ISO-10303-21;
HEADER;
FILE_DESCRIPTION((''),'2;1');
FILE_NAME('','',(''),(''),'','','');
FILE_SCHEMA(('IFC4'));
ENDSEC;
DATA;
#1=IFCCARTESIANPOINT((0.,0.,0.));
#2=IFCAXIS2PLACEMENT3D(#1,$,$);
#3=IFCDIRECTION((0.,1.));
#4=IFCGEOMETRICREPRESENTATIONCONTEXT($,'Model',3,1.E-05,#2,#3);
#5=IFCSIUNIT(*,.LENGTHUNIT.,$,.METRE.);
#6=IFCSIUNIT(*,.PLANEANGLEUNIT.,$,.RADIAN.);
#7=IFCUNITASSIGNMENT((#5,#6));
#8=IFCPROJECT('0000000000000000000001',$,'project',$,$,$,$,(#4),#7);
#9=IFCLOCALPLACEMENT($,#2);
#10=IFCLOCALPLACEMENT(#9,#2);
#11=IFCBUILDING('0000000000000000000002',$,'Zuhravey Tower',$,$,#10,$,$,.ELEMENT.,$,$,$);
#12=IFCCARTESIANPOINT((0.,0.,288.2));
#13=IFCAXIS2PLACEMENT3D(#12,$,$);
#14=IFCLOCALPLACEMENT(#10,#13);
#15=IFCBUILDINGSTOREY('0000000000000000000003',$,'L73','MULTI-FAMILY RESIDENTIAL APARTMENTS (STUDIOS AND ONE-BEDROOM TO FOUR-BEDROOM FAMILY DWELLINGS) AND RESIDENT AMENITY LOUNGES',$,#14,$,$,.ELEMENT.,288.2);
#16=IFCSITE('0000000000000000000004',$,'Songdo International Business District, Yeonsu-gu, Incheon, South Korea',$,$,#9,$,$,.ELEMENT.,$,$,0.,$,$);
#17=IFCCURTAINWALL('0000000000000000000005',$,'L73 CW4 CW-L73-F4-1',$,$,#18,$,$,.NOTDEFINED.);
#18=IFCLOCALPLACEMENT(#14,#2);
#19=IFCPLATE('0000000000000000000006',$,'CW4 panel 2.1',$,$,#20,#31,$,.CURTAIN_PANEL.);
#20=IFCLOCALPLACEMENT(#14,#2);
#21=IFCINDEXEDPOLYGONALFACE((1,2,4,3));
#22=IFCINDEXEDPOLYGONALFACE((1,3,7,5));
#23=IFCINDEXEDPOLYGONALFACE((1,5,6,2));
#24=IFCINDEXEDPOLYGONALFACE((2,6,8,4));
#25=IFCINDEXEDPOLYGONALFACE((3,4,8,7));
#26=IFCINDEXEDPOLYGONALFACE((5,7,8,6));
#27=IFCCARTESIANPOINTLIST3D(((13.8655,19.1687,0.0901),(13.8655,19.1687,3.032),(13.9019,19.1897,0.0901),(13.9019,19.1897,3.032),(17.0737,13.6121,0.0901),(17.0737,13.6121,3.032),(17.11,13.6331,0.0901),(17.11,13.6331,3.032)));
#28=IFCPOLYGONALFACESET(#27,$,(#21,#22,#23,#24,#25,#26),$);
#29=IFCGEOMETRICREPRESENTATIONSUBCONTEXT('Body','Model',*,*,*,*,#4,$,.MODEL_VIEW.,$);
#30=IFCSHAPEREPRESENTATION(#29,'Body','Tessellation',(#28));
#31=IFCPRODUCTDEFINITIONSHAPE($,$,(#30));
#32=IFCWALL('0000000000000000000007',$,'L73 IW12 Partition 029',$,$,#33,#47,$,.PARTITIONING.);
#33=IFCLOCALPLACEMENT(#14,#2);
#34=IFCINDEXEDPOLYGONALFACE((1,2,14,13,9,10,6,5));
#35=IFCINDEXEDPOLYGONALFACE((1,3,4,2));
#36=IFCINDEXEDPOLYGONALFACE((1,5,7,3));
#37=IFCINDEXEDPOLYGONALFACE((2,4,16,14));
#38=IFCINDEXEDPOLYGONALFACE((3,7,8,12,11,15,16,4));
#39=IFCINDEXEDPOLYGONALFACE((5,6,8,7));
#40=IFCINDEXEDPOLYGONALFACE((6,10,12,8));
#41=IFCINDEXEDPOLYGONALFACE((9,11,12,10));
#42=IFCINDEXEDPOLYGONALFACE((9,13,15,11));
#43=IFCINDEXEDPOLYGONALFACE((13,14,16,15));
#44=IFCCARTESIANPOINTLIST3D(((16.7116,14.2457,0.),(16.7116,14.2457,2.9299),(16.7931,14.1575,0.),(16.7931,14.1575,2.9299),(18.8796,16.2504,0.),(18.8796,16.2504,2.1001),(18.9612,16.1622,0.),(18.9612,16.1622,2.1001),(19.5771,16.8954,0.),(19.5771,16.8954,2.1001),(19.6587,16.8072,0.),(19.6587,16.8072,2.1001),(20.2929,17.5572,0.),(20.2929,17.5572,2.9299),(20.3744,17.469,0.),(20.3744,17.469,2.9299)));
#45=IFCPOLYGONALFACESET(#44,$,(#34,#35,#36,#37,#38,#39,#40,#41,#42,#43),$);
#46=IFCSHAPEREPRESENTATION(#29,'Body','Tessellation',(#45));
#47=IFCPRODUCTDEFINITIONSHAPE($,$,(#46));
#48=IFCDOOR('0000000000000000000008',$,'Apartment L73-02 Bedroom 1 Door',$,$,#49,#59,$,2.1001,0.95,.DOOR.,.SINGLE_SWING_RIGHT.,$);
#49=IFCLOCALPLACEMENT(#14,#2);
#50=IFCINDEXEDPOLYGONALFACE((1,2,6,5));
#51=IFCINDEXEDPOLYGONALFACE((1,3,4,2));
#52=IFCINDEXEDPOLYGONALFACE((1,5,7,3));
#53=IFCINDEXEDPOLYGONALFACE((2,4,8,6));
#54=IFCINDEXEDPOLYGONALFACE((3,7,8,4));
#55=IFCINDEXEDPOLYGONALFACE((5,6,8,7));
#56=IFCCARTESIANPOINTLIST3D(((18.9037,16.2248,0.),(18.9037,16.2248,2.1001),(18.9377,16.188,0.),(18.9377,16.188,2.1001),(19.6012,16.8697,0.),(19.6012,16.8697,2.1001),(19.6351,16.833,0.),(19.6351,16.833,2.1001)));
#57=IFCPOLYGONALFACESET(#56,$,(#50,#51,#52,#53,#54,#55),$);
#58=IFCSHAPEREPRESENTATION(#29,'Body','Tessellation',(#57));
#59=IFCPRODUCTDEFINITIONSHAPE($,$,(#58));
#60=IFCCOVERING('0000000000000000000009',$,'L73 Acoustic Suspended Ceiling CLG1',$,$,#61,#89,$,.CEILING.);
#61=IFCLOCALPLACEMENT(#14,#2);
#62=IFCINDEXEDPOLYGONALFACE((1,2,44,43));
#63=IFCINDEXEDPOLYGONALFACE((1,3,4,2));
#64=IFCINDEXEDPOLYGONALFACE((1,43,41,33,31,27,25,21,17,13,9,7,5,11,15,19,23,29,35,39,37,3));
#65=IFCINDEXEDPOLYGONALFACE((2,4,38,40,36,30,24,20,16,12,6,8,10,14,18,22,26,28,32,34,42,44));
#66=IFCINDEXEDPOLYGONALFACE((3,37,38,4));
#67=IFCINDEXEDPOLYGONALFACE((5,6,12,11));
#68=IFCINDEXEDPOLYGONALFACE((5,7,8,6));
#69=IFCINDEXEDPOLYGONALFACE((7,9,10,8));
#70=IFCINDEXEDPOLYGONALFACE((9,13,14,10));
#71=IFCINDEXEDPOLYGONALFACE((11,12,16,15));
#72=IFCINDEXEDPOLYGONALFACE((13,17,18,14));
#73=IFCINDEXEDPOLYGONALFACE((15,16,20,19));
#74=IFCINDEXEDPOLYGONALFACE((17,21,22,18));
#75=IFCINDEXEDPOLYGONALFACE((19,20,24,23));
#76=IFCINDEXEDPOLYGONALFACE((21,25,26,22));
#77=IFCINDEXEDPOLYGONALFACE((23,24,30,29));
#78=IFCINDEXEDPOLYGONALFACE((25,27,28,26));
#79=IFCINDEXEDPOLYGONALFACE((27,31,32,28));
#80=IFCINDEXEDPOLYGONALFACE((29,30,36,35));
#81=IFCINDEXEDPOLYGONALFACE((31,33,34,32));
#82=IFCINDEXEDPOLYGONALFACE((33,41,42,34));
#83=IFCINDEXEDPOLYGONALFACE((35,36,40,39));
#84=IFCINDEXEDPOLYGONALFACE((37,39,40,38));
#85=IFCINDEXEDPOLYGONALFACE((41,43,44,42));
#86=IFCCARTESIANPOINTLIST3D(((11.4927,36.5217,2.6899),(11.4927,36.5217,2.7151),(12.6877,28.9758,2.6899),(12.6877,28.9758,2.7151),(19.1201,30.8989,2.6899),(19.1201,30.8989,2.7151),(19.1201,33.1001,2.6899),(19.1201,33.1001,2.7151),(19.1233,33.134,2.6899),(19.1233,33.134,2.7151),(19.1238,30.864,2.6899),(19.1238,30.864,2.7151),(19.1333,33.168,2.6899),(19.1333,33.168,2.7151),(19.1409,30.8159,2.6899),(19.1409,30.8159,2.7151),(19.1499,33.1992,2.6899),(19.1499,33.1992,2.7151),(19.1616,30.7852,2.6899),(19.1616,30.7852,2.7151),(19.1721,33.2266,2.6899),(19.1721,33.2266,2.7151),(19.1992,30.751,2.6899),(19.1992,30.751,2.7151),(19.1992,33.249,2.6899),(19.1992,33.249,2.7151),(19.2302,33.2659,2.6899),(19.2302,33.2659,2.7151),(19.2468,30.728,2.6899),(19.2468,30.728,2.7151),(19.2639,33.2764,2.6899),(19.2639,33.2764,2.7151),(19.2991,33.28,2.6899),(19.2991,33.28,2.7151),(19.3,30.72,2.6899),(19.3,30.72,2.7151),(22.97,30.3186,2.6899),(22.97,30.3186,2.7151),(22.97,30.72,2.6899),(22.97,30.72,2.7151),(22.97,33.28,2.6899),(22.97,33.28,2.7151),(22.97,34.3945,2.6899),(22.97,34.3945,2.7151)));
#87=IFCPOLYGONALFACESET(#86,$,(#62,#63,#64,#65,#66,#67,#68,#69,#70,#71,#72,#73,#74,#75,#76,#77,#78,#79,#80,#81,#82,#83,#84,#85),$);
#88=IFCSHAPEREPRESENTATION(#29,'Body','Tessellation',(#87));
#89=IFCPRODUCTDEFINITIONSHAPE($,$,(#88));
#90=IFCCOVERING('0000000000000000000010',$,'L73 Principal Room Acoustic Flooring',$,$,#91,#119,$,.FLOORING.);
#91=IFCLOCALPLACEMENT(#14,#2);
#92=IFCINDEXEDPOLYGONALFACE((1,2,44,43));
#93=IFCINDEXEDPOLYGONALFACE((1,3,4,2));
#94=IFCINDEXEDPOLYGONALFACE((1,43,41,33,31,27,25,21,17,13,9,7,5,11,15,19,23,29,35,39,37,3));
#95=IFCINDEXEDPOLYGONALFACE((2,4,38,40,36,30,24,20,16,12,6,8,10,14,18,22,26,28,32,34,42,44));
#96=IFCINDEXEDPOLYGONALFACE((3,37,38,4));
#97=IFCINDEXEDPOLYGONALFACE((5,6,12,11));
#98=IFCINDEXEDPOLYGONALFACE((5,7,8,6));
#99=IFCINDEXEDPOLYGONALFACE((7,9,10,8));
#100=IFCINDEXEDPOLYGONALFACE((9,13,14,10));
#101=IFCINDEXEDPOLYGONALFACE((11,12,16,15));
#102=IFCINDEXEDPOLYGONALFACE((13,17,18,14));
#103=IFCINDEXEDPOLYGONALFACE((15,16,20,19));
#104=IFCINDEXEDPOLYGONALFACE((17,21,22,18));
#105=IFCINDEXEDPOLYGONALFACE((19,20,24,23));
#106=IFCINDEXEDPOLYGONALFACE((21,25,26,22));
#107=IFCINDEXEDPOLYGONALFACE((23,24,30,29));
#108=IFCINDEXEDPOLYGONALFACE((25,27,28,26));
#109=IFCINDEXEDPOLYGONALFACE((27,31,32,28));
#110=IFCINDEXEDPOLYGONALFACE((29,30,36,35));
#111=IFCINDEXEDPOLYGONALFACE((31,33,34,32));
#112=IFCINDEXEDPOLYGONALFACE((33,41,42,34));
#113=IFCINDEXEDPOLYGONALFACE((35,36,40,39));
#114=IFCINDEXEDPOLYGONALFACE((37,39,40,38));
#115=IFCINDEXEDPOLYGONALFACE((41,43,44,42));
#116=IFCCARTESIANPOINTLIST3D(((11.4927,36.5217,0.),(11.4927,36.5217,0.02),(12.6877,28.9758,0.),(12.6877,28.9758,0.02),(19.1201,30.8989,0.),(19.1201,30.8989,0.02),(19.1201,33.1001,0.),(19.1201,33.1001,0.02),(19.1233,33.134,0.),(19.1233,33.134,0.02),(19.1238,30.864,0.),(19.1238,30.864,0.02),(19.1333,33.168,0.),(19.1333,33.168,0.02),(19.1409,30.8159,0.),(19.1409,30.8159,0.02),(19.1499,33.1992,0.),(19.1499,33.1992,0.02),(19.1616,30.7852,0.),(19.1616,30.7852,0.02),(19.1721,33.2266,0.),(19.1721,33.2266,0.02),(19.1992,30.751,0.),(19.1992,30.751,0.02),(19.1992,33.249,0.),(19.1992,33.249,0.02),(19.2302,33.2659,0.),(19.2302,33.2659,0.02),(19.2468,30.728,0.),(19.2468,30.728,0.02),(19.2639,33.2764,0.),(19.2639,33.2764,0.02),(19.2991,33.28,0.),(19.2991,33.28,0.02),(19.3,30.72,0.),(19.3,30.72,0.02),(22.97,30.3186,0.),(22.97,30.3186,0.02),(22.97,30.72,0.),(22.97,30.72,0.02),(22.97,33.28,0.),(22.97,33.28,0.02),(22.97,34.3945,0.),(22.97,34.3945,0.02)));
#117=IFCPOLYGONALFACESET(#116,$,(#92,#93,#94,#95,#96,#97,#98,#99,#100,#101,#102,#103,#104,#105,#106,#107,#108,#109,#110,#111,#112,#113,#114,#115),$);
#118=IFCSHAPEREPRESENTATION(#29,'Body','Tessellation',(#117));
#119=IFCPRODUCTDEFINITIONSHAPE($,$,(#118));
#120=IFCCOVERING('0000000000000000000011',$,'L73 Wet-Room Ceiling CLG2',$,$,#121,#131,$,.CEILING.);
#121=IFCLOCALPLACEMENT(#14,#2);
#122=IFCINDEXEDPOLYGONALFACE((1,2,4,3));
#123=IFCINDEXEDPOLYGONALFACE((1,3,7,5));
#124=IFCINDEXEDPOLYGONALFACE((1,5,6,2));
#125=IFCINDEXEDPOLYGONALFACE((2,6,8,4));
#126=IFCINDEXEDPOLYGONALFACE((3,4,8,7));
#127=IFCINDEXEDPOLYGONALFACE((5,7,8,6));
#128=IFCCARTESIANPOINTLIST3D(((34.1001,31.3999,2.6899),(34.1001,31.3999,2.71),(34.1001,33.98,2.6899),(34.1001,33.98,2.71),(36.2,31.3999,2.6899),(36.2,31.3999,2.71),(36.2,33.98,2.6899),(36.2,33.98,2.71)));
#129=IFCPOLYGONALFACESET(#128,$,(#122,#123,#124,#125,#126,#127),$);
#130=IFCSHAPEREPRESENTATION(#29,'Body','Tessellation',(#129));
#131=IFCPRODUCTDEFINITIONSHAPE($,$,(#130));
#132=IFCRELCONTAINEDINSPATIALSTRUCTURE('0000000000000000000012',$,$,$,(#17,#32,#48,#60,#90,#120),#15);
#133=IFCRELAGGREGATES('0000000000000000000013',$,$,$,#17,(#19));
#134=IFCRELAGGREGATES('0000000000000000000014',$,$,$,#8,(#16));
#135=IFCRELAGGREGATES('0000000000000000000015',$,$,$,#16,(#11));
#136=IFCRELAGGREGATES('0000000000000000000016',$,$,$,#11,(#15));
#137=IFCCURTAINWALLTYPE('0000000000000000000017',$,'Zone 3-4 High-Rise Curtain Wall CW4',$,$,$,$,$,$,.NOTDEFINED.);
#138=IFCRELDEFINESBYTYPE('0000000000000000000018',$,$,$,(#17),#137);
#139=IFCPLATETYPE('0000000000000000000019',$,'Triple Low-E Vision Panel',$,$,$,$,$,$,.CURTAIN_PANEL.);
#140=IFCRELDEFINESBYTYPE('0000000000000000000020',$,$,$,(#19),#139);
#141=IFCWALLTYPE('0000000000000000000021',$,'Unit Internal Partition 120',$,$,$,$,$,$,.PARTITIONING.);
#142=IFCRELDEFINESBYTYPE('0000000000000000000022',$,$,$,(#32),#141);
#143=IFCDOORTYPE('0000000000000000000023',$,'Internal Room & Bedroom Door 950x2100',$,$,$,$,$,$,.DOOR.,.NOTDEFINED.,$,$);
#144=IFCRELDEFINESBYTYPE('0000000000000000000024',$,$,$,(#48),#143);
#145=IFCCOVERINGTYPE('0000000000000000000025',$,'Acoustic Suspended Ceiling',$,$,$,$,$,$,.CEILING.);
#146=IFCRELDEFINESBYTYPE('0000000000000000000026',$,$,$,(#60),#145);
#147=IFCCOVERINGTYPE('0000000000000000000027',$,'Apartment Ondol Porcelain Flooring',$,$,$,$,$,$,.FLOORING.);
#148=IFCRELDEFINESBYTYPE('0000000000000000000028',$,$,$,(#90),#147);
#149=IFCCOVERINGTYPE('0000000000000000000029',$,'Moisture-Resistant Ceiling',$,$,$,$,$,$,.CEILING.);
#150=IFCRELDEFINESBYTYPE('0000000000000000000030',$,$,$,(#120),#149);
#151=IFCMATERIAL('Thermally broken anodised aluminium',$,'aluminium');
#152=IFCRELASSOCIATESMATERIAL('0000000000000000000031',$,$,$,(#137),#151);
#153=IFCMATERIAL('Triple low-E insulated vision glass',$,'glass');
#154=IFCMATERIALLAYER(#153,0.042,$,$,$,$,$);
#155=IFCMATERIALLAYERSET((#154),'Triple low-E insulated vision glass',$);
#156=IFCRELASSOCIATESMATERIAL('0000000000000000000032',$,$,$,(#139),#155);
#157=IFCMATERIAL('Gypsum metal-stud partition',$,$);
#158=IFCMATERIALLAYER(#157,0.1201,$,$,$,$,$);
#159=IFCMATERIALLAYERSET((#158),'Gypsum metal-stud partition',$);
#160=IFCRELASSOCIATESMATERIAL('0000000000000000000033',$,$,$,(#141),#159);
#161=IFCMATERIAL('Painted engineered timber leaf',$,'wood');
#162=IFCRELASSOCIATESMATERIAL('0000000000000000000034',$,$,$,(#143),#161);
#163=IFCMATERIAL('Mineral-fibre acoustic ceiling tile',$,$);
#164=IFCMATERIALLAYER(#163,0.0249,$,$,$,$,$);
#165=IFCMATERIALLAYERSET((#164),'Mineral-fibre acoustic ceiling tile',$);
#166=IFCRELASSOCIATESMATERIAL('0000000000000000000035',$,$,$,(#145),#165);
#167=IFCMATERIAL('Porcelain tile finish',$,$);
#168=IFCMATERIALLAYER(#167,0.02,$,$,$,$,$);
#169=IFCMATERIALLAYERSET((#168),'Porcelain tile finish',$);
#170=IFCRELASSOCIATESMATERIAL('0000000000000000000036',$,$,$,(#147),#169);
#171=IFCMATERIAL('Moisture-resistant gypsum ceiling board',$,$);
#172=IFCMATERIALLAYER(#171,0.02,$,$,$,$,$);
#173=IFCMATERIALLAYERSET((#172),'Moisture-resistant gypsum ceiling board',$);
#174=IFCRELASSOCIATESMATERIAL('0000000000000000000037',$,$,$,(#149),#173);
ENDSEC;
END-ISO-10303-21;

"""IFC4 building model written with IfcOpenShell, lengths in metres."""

from ifc_helpers import new_model, si_unit, direction, frame, frame_2d, origin, origin_2d, place, context, subcontext, project, spatial, polyline, rectangle, outline, extrude, material, layer, layer_set, type_object, element, fill, aggregate, save


model = new_model("IFC4")

# Units and contexts
model_context = context("Model", 3, precision=1e-05, world=origin(), true_north=direction((0.0, 1.0)))
body_context = subcontext(model_context, "Body", "Model", "MODEL_VIEW")
ifc_project = project(units=[si_unit("LENGTHUNIT", "METRE"), si_unit("PLANEANGLEUNIT", "RADIAN")], contexts=[model_context])

# Site, building, storey
site_placement = place(None, origin())
site = spatial("IfcSite", under=ifc_project, at=site_placement, Name="Songdo International Business District, Yeonsu-gu, Incheon, South Korea", CompositionType="ELEMENT", RefElevation=0.0)
building_placement = place(site_placement, origin())
building = spatial("IfcBuilding", under=site, at=building_placement, Name="Zuhravey Tower", CompositionType="ELEMENT")
storey_placement = place(building_placement, frame((0.0, 0.0, 288.2)))
storey = spatial("IfcBuildingStorey", under=building, at=storey_placement, Name="L73", Description="MULTI-FAMILY RESIDENTIAL APARTMENTS (STUDIOS AND ONE-BEDROOM TO FOUR-BEDROOM FAMILY DWELLINGS) AND RESIDENT AMENITY LOUNGES", CompositionType="ELEMENT", Elevation=288.2)

# Curtain wall
ifc_material_1 = material(Name="Thermally broken anodised aluminium", Category="aluminium")
curtain_wall_type = type_object("IfcCurtainWallType", Name="Zone 3-4 High-Rise Curtain Wall CW4", PredefinedType="NOTDEFINED", material=ifc_material_1)
curtain_wall_placement = place(storey_placement, origin())
curtain_wall = element("IfcCurtainWall", 1, at=curtain_wall_placement, inside=storey, type_object=curtain_wall_type, Name="L73 CW4 CW-L73-F4-1", PredefinedType="NOTDEFINED")

# Plate
ifc_material_2 = material(Name="Triple low-E insulated vision glass", Category="glass")
ifc_layer_1 = layer(ifc_material_2, 0.042)
ifc_layer_set_1 = layer_set([ifc_layer_1], Name="Triple low-E insulated vision glass")
plate_type = type_object("IfcPlateType", Name="Triple Low-E Vision Panel", PredefinedType="CURTAIN_PANEL", material=ifc_layer_set_1)
plate_1_placement = place(storey_placement, frame((15.4878, 16.4009, 0.0901), z_axis=(0.0, 0.0, 1.0), x_axis=(-0.500001, 0.866025, 0.0)))
plate_1 = element("IfcPlate", 2, at=plate_1_placement, type_object=plate_type, Name="CW4 panel 2.1", PredefinedType="CURTAIN_PANEL", context=body_context, shape_type="SweptSolid", body=[
    extrude(rectangle(XDim=6.4163, YDim=0.042, at=origin_2d()), origin(), (0.0, 0.0, 1.0), 2.9419),
])
aggregate(curtain_wall, [plate_1])

# Wall, opening, door
ifc_material_3 = material(Name="Gypsum metal-stud partition")
ifc_layer_2 = layer(ifc_material_3, 0.1201)
ifc_layer_set_2 = layer_set([ifc_layer_2], Name="Gypsum metal-stud partition")
wall_type = type_object("IfcWallType", Name="Unit Internal Partition 120", PredefinedType="PARTITIONING", material=ifc_layer_set_2)
wall_placement = place(storey_placement, frame((20.3337, 17.5132, 0.0), z_axis=(0.0, 0.0, 1.0), x_axis=(-0.73422, -0.678912, 0.0)))
wall = element("IfcWall", 3, at=wall_placement, inside=storey, type_object=wall_type, Name="L73 IW12 Partition 029", PredefinedType="PARTITIONING", context=body_context, shape_type="SweptSolid", body=[
    extrude(rectangle(XDim=4.8777, YDim=0.1201, at=frame_2d((2.439, 0.0))), origin(), (0.0, 0.0, 1.0), 2.9299),
])
opening_placement = place(wall_placement, frame((0.9749, 0.0, 0.0)))
opening = element("IfcOpeningElement", 4, at=opening_placement, cuts=wall, PredefinedType="OPENING", context=body_context, shape_type="SweptSolid", body=[
    extrude(rectangle(XDim=0.95, YDim=2.1001, at=frame_2d((0.4751, 1.05))), frame((0.0, 0.072, 0.0), z_axis=(0.0, -1.0, 0.0), x_axis=(1.0, 0.0, 0.0)), (0.0, 0.0, 1.0), 0.144),
])
ifc_material_4 = material(Name="Painted engineered timber leaf", Category="wood")
door_type = type_object("IfcDoorType", Name="Internal Room & Bedroom Door 950x2100", OperationType="NOTDEFINED", PredefinedType="DOOR", material=ifc_material_4)
door_placement = place(opening_placement, frame((0.95, 0.0, 0.0), z_axis=(0.0, 0.0, 1.0), x_axis=(-1.0, 0.0, 0.0)))
door = element("IfcDoor", 5, at=door_placement, inside=storey, type_object=door_type, Name="Apartment L73-02 Bedroom 1 Door", OperationType="SINGLE_SWING_RIGHT", OverallHeight=2.1001, OverallWidth=0.95, PredefinedType="DOOR", context=body_context, shape_type="SweptSolid", body=[
    extrude(rectangle(XDim=0.95, YDim=2.1001, at=frame_2d((0.4751, 1.05))), frame((0.0, 0.0249, 0.0), z_axis=(0.0, -1.0, 0.0), x_axis=(1.0, 0.0, 0.0)), (0.0, 0.0, 1.0), 0.05),
])
fill(opening, door)

# Coverings
ifc_material_5 = material(Name="Mineral-fibre acoustic ceiling tile")
ifc_layer_3 = layer(ifc_material_5, 0.0249)
ifc_layer_set_3 = layer_set([ifc_layer_3], Name="Mineral-fibre acoustic ceiling tile")
covering_type_1 = type_object("IfcCoveringType", Name="Acoustic Suspended Ceiling", PredefinedType="CEILING", material=ifc_layer_set_3)
covering_1_placement = place(storey_placement, frame((0.0, 0.0, 2.6899)))
element("IfcCovering", 6, at=covering_1_placement, inside=storey, type_object=covering_type_1, Name="L73 Acoustic Suspended Ceiling CLG1", PredefinedType="CEILING", context=body_context, shape_type="SweptSolid", body=[
    extrude(outline(polyline([(22.97, 34.3945), (22.97, 33.28), (19.2991, 33.28), (19.2639, 33.2764), (19.2302, 33.2659), (19.1992, 33.249), (19.1721, 33.2266), (19.1499, 33.1992), (19.1333, 33.168), (19.1233, 33.134), (19.1201, 33.1001), (19.1201, 30.8989), (19.1238, 30.864), (19.1409, 30.8159), (19.1616, 30.7852), (19.1992, 30.751), (19.2468, 30.728), (19.3, 30.72), (22.97, 30.72), (22.97, 30.3186), (12.6877, 28.9758), (11.4927, 36.5217), (22.97, 34.3945)])), origin(), (0.0, 0.0, 1.0), 0.0251),
])
ifc_material_6 = material(Name="Porcelain tile finish")
ifc_layer_4 = layer(ifc_material_6, 0.02)
ifc_layer_set_4 = layer_set([ifc_layer_4], Name="Porcelain tile finish")
covering_type_2 = type_object("IfcCoveringType", Name="Apartment Ondol Porcelain Flooring", PredefinedType="FLOORING", material=ifc_layer_set_4)
covering_2_placement = place(storey_placement, origin())
element("IfcCovering", 7, at=covering_2_placement, inside=storey, type_object=covering_type_2, Name="L73 Principal Room Acoustic Flooring", PredefinedType="FLOORING", context=body_context, shape_type="SweptSolid", body=[
    extrude(outline(polyline([(22.97, 34.3945), (22.97, 33.28), (19.2991, 33.28), (19.2639, 33.2764), (19.2302, 33.2659), (19.1992, 33.249), (19.1721, 33.2266), (19.1499, 33.1992), (19.1333, 33.168), (19.1233, 33.134), (19.1201, 33.1001), (19.1201, 30.8989), (19.1238, 30.864), (19.1409, 30.8159), (19.1616, 30.7852), (19.1992, 30.751), (19.2468, 30.728), (19.3, 30.72), (22.97, 30.72), (22.97, 30.3186), (12.6877, 28.9758), (11.4927, 36.5217), (22.97, 34.3945)])), origin(), (0.0, 0.0, 1.0), 0.02),
])
ifc_material_7 = material(Name="Moisture-resistant gypsum ceiling board")
ifc_layer_5 = layer(ifc_material_7, 0.02)
ifc_layer_set_5 = layer_set([ifc_layer_5], Name="Moisture-resistant gypsum ceiling board")
covering_type_3 = type_object("IfcCoveringType", Name="Moisture-Resistant Ceiling", PredefinedType="CEILING", material=ifc_layer_set_5)
covering_3_placement = place(storey_placement, frame((0.0, 0.0, 2.6899)))
element("IfcCovering", 8, at=covering_3_placement, inside=storey, type_object=covering_type_3, Name="L73 Wet-Room Ceiling CLG2", PredefinedType="CEILING", context=body_context, shape_type="SweptSolid", body=[
    extrude(outline(polyline([(36.2, 31.3999), (36.2, 33.98), (34.1001, 33.98), (34.1001, 31.3999), (36.2, 31.3999)])), origin(), (0.0, 0.0, 1.0), 0.02),
])

save(model, "model.ifc")
